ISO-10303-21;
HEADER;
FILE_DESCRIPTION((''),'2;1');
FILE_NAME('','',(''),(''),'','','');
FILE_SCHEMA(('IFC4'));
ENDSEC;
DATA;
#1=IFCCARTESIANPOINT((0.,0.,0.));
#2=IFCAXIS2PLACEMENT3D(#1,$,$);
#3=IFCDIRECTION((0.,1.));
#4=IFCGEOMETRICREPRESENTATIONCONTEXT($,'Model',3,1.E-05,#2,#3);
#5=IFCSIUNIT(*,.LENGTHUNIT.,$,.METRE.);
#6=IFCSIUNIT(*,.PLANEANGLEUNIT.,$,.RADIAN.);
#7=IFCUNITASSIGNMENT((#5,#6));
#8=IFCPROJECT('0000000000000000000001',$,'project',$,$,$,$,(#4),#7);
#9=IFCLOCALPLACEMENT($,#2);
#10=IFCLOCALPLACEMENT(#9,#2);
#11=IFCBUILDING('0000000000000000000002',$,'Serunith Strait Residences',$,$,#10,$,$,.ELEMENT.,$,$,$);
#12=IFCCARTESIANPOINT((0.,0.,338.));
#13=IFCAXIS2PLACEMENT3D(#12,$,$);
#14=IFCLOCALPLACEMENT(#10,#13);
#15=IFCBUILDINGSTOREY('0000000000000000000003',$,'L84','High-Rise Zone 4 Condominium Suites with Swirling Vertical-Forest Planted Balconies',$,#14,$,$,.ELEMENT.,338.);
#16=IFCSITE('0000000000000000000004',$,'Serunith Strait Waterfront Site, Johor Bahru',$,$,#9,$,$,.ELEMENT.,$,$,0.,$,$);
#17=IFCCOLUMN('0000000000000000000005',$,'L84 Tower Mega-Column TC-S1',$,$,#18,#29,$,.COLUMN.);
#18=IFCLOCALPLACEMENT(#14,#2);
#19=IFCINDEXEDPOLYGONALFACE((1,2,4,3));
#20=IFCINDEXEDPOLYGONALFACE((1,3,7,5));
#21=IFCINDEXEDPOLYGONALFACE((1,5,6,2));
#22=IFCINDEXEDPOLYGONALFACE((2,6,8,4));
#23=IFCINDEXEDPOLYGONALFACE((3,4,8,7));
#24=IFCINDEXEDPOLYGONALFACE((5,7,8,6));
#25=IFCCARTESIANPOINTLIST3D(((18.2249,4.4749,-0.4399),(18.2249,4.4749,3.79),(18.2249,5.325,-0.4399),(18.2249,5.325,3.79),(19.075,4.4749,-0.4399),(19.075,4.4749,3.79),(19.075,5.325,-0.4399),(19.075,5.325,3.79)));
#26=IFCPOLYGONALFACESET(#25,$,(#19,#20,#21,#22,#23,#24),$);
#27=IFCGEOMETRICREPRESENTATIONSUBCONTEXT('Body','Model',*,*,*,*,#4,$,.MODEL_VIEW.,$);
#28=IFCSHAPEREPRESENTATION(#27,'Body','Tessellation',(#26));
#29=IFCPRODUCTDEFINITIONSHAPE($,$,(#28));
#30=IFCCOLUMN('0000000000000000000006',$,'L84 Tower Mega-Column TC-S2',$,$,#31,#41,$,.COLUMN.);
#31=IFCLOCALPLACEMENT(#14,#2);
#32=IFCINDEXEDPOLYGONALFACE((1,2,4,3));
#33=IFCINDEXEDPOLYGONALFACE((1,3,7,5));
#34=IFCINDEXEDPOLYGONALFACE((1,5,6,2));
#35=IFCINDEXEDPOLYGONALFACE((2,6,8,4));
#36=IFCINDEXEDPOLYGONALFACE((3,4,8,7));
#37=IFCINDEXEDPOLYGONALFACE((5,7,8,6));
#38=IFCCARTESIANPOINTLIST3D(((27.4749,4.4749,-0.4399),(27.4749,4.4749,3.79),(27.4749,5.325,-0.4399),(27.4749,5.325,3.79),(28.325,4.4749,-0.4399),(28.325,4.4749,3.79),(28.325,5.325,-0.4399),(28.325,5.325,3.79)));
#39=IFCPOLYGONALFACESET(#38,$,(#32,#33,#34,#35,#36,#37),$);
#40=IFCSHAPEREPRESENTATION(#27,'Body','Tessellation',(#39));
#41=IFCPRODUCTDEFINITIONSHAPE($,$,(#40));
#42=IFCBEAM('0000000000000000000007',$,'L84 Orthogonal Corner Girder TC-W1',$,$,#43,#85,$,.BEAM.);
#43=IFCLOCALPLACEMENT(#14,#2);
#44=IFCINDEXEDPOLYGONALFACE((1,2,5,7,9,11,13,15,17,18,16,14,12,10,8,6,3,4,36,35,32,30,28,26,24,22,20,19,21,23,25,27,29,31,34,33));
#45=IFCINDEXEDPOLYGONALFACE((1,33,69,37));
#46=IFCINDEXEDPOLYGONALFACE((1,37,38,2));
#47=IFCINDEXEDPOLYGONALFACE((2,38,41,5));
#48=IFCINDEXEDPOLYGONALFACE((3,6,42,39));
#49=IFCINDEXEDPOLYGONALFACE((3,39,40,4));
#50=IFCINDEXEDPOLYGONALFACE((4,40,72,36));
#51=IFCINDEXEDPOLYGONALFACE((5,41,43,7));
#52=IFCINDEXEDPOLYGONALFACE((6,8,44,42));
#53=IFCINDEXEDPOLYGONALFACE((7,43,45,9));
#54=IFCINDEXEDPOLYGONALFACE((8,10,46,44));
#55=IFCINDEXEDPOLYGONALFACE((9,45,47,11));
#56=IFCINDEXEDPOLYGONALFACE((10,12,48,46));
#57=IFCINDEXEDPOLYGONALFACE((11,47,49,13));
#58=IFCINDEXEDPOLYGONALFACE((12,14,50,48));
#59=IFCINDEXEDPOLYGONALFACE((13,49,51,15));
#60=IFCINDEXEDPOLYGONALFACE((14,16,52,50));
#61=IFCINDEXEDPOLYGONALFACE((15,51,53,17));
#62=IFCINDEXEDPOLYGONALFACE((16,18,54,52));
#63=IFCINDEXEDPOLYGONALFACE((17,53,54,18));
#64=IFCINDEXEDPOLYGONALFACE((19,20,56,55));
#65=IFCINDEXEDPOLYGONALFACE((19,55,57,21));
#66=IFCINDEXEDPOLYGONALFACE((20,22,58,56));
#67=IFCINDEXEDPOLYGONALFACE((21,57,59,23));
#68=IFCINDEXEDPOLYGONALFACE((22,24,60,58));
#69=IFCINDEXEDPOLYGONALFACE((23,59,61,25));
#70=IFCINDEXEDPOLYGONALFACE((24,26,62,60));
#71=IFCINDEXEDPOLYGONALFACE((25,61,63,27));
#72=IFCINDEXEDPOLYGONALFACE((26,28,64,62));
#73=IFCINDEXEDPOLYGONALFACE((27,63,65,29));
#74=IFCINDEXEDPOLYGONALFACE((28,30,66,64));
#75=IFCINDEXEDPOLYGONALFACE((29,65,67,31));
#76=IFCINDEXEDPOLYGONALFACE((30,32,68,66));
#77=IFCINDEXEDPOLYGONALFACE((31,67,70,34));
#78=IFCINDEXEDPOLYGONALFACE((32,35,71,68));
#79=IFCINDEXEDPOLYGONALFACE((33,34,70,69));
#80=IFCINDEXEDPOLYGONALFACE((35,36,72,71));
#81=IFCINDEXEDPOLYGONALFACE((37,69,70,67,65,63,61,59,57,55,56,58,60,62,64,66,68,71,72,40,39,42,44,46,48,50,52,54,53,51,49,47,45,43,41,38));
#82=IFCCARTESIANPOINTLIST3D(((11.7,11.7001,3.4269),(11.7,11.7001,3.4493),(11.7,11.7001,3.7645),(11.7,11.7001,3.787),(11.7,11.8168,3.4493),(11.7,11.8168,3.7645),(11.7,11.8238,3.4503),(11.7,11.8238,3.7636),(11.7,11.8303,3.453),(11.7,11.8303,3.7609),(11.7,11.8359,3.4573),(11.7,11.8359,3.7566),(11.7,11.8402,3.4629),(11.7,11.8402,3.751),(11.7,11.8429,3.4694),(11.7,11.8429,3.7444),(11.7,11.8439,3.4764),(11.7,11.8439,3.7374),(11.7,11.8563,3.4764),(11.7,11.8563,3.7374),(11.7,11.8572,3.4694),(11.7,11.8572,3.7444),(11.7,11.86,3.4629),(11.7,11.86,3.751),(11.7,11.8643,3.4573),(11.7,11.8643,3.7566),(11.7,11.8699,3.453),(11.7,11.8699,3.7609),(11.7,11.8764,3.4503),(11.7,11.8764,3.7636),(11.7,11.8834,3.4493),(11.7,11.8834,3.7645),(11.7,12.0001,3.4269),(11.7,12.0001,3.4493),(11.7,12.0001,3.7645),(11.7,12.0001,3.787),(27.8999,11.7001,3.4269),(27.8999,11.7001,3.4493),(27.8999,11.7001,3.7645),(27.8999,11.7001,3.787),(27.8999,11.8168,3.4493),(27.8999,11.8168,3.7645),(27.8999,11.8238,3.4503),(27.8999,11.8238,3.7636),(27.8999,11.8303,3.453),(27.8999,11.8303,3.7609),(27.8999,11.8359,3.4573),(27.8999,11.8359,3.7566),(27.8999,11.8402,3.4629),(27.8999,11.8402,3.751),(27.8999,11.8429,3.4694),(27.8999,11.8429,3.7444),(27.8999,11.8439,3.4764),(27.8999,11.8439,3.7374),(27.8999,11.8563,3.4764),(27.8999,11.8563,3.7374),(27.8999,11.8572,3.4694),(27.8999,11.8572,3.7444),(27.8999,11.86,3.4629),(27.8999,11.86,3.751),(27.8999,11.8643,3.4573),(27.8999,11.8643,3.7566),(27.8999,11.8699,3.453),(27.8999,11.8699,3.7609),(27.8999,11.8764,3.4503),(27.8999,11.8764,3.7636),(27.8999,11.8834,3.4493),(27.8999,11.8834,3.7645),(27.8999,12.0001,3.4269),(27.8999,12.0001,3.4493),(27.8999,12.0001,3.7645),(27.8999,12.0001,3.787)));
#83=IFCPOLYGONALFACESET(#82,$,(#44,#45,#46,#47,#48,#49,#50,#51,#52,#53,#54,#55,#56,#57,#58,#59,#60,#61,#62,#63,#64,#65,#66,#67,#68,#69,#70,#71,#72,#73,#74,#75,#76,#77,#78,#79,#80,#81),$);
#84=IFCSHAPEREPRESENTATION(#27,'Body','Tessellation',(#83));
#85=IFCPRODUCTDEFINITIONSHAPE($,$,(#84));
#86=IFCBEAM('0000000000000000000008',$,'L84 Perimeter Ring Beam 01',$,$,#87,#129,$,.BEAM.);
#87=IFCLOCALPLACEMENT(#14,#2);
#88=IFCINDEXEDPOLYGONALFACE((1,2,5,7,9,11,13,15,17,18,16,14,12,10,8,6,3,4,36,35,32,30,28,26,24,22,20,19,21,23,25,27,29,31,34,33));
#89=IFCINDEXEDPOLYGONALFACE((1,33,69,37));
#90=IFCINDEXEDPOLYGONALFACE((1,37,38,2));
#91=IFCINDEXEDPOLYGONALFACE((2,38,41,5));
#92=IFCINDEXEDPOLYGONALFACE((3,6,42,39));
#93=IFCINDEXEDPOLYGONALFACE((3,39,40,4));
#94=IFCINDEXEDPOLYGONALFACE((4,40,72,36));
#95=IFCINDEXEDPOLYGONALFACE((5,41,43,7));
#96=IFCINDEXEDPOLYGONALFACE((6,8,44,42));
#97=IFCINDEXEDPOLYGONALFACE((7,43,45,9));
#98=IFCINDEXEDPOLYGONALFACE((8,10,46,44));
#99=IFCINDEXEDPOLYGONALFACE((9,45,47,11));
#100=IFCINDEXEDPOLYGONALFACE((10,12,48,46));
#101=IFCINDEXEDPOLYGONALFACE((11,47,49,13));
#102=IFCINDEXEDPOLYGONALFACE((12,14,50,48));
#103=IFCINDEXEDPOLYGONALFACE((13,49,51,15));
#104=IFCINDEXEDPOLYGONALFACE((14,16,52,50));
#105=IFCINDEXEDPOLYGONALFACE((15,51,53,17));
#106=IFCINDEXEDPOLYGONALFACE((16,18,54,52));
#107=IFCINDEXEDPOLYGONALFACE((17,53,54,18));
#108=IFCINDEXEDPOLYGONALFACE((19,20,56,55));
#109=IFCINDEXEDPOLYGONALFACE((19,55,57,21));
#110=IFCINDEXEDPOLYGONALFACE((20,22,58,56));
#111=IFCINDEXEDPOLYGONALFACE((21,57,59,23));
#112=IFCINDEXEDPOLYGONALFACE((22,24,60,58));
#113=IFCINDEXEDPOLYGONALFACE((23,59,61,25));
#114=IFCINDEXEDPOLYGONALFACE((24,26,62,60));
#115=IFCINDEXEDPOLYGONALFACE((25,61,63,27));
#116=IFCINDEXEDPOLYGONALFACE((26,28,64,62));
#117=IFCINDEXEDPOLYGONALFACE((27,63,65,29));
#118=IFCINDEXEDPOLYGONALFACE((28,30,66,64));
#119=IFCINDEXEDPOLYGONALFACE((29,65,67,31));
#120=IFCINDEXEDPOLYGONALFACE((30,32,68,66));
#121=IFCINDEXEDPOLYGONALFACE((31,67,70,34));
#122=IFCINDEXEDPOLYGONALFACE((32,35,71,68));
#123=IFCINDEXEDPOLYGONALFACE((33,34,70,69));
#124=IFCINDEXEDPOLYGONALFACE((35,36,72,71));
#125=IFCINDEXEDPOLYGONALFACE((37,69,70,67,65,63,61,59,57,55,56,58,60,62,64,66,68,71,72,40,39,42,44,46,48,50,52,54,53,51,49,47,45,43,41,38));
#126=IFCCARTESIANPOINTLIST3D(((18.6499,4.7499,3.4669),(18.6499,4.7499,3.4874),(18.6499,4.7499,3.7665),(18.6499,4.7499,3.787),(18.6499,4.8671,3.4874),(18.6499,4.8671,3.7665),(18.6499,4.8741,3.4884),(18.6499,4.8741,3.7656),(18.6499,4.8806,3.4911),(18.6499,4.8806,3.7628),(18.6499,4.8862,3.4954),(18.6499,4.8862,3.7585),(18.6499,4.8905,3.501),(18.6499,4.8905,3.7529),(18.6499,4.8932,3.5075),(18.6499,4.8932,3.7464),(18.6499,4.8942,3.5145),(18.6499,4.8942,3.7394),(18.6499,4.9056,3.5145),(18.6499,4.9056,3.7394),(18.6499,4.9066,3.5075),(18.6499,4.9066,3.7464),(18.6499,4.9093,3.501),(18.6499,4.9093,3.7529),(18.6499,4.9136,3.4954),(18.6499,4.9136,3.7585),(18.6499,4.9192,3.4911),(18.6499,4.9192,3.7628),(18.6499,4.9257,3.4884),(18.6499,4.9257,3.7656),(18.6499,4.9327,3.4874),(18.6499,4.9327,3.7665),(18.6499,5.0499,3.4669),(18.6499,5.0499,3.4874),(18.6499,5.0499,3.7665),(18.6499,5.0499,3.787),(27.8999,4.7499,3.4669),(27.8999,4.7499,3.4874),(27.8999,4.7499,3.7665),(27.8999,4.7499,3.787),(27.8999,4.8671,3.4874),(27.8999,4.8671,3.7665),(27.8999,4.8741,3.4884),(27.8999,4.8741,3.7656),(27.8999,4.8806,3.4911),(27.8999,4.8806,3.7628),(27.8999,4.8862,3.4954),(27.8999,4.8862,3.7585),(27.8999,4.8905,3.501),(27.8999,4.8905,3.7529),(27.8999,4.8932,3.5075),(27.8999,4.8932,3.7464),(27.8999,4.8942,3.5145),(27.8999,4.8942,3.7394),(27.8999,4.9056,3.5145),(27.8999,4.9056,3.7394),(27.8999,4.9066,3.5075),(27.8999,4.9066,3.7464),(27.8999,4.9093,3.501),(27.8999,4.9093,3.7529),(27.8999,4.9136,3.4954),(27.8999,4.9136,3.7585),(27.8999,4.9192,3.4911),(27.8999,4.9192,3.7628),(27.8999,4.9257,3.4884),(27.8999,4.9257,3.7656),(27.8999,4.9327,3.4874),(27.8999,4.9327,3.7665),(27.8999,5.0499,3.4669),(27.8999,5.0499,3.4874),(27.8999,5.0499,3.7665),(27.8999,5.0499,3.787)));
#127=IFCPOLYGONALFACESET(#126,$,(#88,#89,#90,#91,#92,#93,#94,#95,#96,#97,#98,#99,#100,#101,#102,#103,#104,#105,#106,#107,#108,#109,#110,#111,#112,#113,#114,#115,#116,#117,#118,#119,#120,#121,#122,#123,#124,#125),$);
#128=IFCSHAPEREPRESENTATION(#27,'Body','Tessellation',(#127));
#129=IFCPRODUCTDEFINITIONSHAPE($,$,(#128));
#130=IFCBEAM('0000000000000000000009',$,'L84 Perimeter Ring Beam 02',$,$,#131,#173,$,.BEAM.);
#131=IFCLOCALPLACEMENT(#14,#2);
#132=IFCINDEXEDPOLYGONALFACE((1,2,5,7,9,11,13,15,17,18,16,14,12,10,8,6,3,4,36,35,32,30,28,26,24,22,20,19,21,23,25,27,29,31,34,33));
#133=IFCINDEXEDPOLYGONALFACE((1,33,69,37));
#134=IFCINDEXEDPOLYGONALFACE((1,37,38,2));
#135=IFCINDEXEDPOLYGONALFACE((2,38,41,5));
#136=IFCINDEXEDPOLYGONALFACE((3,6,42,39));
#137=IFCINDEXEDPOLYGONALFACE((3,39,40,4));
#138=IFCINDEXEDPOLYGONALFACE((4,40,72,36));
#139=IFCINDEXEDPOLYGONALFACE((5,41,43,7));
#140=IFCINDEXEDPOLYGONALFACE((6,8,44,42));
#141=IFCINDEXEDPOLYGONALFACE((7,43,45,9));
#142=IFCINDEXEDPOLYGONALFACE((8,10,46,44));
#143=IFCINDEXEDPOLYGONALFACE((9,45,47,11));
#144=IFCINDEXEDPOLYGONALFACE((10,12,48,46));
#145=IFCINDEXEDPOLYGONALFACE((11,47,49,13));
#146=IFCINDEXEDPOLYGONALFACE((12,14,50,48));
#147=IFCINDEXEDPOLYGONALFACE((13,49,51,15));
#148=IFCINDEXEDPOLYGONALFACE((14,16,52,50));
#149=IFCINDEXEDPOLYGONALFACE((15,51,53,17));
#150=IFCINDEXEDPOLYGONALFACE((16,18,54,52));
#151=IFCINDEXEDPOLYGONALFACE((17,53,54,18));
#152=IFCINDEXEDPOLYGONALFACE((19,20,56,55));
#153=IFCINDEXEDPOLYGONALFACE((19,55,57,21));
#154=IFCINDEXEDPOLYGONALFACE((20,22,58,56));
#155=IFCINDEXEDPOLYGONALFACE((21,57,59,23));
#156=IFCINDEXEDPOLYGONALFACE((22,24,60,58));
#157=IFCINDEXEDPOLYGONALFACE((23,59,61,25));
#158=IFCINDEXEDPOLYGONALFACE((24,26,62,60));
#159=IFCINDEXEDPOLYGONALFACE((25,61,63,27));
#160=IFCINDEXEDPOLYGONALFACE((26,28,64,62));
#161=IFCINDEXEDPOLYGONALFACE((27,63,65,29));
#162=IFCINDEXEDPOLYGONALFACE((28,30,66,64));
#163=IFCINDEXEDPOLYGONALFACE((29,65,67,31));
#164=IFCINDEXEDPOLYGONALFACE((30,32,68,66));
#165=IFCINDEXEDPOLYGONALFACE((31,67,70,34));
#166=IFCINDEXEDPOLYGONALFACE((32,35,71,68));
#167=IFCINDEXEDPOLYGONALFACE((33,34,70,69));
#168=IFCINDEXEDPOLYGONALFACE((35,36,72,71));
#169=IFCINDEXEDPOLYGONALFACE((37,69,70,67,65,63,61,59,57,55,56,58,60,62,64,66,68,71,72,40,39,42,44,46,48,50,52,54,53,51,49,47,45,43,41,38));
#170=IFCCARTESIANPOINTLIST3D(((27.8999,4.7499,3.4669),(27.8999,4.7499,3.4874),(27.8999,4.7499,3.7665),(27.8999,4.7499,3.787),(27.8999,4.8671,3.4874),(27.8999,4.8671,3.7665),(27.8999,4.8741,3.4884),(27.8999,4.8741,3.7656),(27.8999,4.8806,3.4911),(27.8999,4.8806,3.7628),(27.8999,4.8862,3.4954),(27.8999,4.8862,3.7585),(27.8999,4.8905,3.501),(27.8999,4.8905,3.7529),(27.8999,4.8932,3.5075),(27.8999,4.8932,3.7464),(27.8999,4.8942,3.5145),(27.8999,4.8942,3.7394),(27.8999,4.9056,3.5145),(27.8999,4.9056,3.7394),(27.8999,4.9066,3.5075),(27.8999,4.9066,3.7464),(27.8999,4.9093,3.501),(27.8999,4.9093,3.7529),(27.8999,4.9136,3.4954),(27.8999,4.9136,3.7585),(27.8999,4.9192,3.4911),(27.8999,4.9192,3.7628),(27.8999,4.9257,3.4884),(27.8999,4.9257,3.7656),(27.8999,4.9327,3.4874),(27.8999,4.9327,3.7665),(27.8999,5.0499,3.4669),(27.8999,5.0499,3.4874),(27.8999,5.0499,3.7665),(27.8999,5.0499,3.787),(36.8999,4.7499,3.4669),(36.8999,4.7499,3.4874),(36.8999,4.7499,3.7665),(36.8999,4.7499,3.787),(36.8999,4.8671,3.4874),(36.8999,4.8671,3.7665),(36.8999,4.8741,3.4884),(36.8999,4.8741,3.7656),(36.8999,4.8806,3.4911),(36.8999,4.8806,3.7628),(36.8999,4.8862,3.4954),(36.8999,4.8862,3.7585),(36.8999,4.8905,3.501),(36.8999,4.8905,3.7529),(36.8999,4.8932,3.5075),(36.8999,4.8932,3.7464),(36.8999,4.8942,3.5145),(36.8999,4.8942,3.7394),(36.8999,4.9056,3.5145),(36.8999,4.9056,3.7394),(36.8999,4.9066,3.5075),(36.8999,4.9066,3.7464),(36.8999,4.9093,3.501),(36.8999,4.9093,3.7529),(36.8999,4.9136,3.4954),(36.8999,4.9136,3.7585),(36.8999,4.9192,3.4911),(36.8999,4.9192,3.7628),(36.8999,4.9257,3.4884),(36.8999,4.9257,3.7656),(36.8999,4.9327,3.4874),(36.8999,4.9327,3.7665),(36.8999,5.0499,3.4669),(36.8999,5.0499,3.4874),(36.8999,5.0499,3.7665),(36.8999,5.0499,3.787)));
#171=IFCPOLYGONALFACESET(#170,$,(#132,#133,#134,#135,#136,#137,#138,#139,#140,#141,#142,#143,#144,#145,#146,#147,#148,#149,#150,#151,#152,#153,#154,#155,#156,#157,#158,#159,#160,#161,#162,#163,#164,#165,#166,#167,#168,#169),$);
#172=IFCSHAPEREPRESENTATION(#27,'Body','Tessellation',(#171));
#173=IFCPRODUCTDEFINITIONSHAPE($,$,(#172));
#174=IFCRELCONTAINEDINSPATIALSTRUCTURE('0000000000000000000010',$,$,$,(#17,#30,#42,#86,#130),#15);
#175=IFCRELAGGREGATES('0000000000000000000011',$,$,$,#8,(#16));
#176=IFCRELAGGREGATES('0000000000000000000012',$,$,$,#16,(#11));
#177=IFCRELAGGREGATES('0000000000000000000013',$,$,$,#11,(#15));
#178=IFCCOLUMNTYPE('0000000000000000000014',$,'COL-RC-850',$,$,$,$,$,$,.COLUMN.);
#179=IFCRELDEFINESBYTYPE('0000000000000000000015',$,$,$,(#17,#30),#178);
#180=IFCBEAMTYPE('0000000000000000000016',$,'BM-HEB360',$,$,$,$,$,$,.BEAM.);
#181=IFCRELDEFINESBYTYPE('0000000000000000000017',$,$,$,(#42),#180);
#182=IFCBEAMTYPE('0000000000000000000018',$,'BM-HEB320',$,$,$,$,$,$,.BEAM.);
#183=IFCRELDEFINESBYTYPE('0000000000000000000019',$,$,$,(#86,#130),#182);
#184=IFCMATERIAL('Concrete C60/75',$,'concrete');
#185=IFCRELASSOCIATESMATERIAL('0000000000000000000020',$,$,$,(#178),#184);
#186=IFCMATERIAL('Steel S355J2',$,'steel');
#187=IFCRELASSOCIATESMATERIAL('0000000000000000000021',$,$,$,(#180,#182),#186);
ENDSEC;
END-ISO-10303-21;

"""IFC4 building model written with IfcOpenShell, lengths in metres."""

from ifc_helpers import new_model, si_unit, direction, frame, origin, origin_2d, place, context, subcontext, project, spatial, rectangle, i_section, extrude, source, transform, mapped, material, material_profile, profile_set, type_object, element, save


model = new_model("IFC4")

# Units and contexts
model_context = context("Model", 3, precision=1e-05, world=origin(), true_north=direction((0.0, 1.0)))
body_context = subcontext(model_context, "Body", "Model", "MODEL_VIEW")
ifc_project = project(units=[si_unit("LENGTHUNIT", "METRE"), si_unit("PLANEANGLEUNIT", "RADIAN")], contexts=[model_context])

# Site, building, storey
site_placement = place(None, origin())
site = spatial("IfcSite", under=ifc_project, at=site_placement, Name="Serunith Strait Waterfront Site, Johor Bahru", CompositionType="ELEMENT", RefElevation=0.0)
building_placement = place(site_placement, origin())
building = spatial("IfcBuilding", under=site, at=building_placement, Name="Serunith Strait Residences", CompositionType="ELEMENT")
storey_placement = place(building_placement, frame((0.0, 0.0, 338.0)))
storey = spatial("IfcBuildingStorey", under=building, at=storey_placement, Name="L84", Description="High-Rise Zone 4 Condominium Suites with Swirling Vertical-Forest Planted Balconies", CompositionType="ELEMENT", Elevation=338.0)

# Columns
ifc_material_1 = material(Name="Concrete C60/75", Category="concrete")
ifc_material_profile_1 = material_profile(ifc_material_1, rectangle(XDim=0.8501, YDim=0.8501, at=origin_2d()), Name="RC 850x850")
ifc_profile_set_1 = profile_set([ifc_material_profile_1], Name="Concrete C60/75")
column_type = type_object("IfcColumnType", Name="COL-RC-850", PredefinedType="COLUMN", material=ifc_profile_set_1)
shared_shape_1 = source(origin(), body_context, "Body", "SweptSolid", [
    extrude(rectangle(XDim=0.8501, YDim=0.8501, at=origin_2d()), origin(), (0.0, 0.0, 1.0), 4.23),
])
for number, where, z_axis, x_axis, name in (
    (1, (18.6499, 4.8999, -0.4399), (0.0, 0.0, 1.0), (1.0, 0.0, 0.0), "L84 Tower Mega-Column TC-S1"),
    (2, (27.8999, 4.8999, -0.4399), (0.0, 0.0, 1.0), (1.0, 0.0, 0.0), "L84 Tower Mega-Column TC-S2"),
):
    element("IfcColumn", number, at=place(storey_placement, frame(where, z_axis=z_axis, x_axis=x_axis)), inside=storey, type_object=column_type, Name=name, PredefinedType="COLUMN", context=body_context, shape_type="MappedRepresentation", body=[
        mapped(shared_shape_1, transform((0.0, 0.0, 0.0), scale=1.0)),
    ])

# Beams
ifc_material_2 = material(Name="Steel S355J2", Category="steel")
ifc_material_profile_2 = material_profile(ifc_material_2, i_section(OverallWidth=0.3, OverallDepth=0.3601, WebThickness=0.0125, FlangeThickness=0.0225, FilletRadius=0.0271, at=origin_2d()), Name="HEB 360")
ifc_profile_set_2 = profile_set([ifc_material_profile_2], Name="Steel S355J2")
beam_type_1 = type_object("IfcBeamType", Name="BM-HEB360", PredefinedType="BEAM", material=ifc_profile_set_2)
shared_shape_2 = source(origin(), body_context, "Body", "SweptSolid", [
    extrude(i_section(OverallWidth=0.3, OverallDepth=0.3601, WebThickness=0.0125, FlangeThickness=0.0225, FilletRadius=0.0271, at=origin_2d()), origin(), (0.0, 0.0, 1.0), 16.2),
])
beam_1_placement = place(storey_placement, frame((27.8999, 11.8501, 3.6069), z_axis=(-1.0, 0.0, 0.0), x_axis=(0.0, -1.0, 0.0)))
element("IfcBeam", 3, at=beam_1_placement, inside=storey, type_object=beam_type_1, Name="L84 Orthogonal Corner Girder TC-W1", PredefinedType="BEAM", context=body_context, shape_type="MappedRepresentation", body=[
    mapped(shared_shape_2, transform((0.0, 0.0, 0.0), scale=1.0)),
])
ifc_material_profile_3 = material_profile(ifc_material_2, i_section(OverallWidth=0.3, OverallDepth=0.3201, WebThickness=0.0115, FlangeThickness=0.0205, FilletRadius=0.0271, at=origin_2d()), Name="HEB 320")
ifc_profile_set_3 = profile_set([ifc_material_profile_3], Name="Steel S355J2")
beam_type_2 = type_object("IfcBeamType", Name="BM-HEB320", PredefinedType="BEAM", material=ifc_profile_set_3)
shared_shape_3 = source(origin(), body_context, "Body", "SweptSolid", [
    extrude(i_section(OverallWidth=0.3, OverallDepth=0.3201, WebThickness=0.0115, FlangeThickness=0.0205, FilletRadius=0.0271, at=origin_2d()), origin(), (0.0, 0.0, 1.0), 9.25),
])
beam_2_placement = place(storey_placement, frame((18.6499, 4.8999, 3.627), z_axis=(1.0, 0.0, 0.0), x_axis=(0.0, 1.0, 0.0)))
element("IfcBeam", 4, at=beam_2_placement, inside=storey, type_object=beam_type_2, Name="L84 Perimeter Ring Beam 01", PredefinedType="BEAM", context=body_context, shape_type="MappedRepresentation", body=[
    mapped(shared_shape_3, transform((0.0, 0.0, 0.0), scale=1.0)),
])
shared_shape_4 = source(origin(), body_context, "Body", "SweptSolid", [
    extrude(i_section(OverallWidth=0.3, OverallDepth=0.3201, WebThickness=0.0115, FlangeThickness=0.0205, FilletRadius=0.0271, at=origin_2d()), origin(), (0.0, 0.0, 1.0), 9.0),
])
beam_3_placement = place(storey_placement, frame((27.8999, 4.8999, 3.627), z_axis=(1.0, 0.0, 0.0), x_axis=(0.0, 1.0, 0.0)))
element("IfcBeam", 5, at=beam_3_placement, inside=storey, type_object=beam_type_2, Name="L84 Perimeter Ring Beam 02", PredefinedType="BEAM", context=body_context, shape_type="MappedRepresentation", body=[
    mapped(shared_shape_4, transform((0.0, 0.0, 0.0), scale=1.0)),
])

save(model, "model.ifc")
